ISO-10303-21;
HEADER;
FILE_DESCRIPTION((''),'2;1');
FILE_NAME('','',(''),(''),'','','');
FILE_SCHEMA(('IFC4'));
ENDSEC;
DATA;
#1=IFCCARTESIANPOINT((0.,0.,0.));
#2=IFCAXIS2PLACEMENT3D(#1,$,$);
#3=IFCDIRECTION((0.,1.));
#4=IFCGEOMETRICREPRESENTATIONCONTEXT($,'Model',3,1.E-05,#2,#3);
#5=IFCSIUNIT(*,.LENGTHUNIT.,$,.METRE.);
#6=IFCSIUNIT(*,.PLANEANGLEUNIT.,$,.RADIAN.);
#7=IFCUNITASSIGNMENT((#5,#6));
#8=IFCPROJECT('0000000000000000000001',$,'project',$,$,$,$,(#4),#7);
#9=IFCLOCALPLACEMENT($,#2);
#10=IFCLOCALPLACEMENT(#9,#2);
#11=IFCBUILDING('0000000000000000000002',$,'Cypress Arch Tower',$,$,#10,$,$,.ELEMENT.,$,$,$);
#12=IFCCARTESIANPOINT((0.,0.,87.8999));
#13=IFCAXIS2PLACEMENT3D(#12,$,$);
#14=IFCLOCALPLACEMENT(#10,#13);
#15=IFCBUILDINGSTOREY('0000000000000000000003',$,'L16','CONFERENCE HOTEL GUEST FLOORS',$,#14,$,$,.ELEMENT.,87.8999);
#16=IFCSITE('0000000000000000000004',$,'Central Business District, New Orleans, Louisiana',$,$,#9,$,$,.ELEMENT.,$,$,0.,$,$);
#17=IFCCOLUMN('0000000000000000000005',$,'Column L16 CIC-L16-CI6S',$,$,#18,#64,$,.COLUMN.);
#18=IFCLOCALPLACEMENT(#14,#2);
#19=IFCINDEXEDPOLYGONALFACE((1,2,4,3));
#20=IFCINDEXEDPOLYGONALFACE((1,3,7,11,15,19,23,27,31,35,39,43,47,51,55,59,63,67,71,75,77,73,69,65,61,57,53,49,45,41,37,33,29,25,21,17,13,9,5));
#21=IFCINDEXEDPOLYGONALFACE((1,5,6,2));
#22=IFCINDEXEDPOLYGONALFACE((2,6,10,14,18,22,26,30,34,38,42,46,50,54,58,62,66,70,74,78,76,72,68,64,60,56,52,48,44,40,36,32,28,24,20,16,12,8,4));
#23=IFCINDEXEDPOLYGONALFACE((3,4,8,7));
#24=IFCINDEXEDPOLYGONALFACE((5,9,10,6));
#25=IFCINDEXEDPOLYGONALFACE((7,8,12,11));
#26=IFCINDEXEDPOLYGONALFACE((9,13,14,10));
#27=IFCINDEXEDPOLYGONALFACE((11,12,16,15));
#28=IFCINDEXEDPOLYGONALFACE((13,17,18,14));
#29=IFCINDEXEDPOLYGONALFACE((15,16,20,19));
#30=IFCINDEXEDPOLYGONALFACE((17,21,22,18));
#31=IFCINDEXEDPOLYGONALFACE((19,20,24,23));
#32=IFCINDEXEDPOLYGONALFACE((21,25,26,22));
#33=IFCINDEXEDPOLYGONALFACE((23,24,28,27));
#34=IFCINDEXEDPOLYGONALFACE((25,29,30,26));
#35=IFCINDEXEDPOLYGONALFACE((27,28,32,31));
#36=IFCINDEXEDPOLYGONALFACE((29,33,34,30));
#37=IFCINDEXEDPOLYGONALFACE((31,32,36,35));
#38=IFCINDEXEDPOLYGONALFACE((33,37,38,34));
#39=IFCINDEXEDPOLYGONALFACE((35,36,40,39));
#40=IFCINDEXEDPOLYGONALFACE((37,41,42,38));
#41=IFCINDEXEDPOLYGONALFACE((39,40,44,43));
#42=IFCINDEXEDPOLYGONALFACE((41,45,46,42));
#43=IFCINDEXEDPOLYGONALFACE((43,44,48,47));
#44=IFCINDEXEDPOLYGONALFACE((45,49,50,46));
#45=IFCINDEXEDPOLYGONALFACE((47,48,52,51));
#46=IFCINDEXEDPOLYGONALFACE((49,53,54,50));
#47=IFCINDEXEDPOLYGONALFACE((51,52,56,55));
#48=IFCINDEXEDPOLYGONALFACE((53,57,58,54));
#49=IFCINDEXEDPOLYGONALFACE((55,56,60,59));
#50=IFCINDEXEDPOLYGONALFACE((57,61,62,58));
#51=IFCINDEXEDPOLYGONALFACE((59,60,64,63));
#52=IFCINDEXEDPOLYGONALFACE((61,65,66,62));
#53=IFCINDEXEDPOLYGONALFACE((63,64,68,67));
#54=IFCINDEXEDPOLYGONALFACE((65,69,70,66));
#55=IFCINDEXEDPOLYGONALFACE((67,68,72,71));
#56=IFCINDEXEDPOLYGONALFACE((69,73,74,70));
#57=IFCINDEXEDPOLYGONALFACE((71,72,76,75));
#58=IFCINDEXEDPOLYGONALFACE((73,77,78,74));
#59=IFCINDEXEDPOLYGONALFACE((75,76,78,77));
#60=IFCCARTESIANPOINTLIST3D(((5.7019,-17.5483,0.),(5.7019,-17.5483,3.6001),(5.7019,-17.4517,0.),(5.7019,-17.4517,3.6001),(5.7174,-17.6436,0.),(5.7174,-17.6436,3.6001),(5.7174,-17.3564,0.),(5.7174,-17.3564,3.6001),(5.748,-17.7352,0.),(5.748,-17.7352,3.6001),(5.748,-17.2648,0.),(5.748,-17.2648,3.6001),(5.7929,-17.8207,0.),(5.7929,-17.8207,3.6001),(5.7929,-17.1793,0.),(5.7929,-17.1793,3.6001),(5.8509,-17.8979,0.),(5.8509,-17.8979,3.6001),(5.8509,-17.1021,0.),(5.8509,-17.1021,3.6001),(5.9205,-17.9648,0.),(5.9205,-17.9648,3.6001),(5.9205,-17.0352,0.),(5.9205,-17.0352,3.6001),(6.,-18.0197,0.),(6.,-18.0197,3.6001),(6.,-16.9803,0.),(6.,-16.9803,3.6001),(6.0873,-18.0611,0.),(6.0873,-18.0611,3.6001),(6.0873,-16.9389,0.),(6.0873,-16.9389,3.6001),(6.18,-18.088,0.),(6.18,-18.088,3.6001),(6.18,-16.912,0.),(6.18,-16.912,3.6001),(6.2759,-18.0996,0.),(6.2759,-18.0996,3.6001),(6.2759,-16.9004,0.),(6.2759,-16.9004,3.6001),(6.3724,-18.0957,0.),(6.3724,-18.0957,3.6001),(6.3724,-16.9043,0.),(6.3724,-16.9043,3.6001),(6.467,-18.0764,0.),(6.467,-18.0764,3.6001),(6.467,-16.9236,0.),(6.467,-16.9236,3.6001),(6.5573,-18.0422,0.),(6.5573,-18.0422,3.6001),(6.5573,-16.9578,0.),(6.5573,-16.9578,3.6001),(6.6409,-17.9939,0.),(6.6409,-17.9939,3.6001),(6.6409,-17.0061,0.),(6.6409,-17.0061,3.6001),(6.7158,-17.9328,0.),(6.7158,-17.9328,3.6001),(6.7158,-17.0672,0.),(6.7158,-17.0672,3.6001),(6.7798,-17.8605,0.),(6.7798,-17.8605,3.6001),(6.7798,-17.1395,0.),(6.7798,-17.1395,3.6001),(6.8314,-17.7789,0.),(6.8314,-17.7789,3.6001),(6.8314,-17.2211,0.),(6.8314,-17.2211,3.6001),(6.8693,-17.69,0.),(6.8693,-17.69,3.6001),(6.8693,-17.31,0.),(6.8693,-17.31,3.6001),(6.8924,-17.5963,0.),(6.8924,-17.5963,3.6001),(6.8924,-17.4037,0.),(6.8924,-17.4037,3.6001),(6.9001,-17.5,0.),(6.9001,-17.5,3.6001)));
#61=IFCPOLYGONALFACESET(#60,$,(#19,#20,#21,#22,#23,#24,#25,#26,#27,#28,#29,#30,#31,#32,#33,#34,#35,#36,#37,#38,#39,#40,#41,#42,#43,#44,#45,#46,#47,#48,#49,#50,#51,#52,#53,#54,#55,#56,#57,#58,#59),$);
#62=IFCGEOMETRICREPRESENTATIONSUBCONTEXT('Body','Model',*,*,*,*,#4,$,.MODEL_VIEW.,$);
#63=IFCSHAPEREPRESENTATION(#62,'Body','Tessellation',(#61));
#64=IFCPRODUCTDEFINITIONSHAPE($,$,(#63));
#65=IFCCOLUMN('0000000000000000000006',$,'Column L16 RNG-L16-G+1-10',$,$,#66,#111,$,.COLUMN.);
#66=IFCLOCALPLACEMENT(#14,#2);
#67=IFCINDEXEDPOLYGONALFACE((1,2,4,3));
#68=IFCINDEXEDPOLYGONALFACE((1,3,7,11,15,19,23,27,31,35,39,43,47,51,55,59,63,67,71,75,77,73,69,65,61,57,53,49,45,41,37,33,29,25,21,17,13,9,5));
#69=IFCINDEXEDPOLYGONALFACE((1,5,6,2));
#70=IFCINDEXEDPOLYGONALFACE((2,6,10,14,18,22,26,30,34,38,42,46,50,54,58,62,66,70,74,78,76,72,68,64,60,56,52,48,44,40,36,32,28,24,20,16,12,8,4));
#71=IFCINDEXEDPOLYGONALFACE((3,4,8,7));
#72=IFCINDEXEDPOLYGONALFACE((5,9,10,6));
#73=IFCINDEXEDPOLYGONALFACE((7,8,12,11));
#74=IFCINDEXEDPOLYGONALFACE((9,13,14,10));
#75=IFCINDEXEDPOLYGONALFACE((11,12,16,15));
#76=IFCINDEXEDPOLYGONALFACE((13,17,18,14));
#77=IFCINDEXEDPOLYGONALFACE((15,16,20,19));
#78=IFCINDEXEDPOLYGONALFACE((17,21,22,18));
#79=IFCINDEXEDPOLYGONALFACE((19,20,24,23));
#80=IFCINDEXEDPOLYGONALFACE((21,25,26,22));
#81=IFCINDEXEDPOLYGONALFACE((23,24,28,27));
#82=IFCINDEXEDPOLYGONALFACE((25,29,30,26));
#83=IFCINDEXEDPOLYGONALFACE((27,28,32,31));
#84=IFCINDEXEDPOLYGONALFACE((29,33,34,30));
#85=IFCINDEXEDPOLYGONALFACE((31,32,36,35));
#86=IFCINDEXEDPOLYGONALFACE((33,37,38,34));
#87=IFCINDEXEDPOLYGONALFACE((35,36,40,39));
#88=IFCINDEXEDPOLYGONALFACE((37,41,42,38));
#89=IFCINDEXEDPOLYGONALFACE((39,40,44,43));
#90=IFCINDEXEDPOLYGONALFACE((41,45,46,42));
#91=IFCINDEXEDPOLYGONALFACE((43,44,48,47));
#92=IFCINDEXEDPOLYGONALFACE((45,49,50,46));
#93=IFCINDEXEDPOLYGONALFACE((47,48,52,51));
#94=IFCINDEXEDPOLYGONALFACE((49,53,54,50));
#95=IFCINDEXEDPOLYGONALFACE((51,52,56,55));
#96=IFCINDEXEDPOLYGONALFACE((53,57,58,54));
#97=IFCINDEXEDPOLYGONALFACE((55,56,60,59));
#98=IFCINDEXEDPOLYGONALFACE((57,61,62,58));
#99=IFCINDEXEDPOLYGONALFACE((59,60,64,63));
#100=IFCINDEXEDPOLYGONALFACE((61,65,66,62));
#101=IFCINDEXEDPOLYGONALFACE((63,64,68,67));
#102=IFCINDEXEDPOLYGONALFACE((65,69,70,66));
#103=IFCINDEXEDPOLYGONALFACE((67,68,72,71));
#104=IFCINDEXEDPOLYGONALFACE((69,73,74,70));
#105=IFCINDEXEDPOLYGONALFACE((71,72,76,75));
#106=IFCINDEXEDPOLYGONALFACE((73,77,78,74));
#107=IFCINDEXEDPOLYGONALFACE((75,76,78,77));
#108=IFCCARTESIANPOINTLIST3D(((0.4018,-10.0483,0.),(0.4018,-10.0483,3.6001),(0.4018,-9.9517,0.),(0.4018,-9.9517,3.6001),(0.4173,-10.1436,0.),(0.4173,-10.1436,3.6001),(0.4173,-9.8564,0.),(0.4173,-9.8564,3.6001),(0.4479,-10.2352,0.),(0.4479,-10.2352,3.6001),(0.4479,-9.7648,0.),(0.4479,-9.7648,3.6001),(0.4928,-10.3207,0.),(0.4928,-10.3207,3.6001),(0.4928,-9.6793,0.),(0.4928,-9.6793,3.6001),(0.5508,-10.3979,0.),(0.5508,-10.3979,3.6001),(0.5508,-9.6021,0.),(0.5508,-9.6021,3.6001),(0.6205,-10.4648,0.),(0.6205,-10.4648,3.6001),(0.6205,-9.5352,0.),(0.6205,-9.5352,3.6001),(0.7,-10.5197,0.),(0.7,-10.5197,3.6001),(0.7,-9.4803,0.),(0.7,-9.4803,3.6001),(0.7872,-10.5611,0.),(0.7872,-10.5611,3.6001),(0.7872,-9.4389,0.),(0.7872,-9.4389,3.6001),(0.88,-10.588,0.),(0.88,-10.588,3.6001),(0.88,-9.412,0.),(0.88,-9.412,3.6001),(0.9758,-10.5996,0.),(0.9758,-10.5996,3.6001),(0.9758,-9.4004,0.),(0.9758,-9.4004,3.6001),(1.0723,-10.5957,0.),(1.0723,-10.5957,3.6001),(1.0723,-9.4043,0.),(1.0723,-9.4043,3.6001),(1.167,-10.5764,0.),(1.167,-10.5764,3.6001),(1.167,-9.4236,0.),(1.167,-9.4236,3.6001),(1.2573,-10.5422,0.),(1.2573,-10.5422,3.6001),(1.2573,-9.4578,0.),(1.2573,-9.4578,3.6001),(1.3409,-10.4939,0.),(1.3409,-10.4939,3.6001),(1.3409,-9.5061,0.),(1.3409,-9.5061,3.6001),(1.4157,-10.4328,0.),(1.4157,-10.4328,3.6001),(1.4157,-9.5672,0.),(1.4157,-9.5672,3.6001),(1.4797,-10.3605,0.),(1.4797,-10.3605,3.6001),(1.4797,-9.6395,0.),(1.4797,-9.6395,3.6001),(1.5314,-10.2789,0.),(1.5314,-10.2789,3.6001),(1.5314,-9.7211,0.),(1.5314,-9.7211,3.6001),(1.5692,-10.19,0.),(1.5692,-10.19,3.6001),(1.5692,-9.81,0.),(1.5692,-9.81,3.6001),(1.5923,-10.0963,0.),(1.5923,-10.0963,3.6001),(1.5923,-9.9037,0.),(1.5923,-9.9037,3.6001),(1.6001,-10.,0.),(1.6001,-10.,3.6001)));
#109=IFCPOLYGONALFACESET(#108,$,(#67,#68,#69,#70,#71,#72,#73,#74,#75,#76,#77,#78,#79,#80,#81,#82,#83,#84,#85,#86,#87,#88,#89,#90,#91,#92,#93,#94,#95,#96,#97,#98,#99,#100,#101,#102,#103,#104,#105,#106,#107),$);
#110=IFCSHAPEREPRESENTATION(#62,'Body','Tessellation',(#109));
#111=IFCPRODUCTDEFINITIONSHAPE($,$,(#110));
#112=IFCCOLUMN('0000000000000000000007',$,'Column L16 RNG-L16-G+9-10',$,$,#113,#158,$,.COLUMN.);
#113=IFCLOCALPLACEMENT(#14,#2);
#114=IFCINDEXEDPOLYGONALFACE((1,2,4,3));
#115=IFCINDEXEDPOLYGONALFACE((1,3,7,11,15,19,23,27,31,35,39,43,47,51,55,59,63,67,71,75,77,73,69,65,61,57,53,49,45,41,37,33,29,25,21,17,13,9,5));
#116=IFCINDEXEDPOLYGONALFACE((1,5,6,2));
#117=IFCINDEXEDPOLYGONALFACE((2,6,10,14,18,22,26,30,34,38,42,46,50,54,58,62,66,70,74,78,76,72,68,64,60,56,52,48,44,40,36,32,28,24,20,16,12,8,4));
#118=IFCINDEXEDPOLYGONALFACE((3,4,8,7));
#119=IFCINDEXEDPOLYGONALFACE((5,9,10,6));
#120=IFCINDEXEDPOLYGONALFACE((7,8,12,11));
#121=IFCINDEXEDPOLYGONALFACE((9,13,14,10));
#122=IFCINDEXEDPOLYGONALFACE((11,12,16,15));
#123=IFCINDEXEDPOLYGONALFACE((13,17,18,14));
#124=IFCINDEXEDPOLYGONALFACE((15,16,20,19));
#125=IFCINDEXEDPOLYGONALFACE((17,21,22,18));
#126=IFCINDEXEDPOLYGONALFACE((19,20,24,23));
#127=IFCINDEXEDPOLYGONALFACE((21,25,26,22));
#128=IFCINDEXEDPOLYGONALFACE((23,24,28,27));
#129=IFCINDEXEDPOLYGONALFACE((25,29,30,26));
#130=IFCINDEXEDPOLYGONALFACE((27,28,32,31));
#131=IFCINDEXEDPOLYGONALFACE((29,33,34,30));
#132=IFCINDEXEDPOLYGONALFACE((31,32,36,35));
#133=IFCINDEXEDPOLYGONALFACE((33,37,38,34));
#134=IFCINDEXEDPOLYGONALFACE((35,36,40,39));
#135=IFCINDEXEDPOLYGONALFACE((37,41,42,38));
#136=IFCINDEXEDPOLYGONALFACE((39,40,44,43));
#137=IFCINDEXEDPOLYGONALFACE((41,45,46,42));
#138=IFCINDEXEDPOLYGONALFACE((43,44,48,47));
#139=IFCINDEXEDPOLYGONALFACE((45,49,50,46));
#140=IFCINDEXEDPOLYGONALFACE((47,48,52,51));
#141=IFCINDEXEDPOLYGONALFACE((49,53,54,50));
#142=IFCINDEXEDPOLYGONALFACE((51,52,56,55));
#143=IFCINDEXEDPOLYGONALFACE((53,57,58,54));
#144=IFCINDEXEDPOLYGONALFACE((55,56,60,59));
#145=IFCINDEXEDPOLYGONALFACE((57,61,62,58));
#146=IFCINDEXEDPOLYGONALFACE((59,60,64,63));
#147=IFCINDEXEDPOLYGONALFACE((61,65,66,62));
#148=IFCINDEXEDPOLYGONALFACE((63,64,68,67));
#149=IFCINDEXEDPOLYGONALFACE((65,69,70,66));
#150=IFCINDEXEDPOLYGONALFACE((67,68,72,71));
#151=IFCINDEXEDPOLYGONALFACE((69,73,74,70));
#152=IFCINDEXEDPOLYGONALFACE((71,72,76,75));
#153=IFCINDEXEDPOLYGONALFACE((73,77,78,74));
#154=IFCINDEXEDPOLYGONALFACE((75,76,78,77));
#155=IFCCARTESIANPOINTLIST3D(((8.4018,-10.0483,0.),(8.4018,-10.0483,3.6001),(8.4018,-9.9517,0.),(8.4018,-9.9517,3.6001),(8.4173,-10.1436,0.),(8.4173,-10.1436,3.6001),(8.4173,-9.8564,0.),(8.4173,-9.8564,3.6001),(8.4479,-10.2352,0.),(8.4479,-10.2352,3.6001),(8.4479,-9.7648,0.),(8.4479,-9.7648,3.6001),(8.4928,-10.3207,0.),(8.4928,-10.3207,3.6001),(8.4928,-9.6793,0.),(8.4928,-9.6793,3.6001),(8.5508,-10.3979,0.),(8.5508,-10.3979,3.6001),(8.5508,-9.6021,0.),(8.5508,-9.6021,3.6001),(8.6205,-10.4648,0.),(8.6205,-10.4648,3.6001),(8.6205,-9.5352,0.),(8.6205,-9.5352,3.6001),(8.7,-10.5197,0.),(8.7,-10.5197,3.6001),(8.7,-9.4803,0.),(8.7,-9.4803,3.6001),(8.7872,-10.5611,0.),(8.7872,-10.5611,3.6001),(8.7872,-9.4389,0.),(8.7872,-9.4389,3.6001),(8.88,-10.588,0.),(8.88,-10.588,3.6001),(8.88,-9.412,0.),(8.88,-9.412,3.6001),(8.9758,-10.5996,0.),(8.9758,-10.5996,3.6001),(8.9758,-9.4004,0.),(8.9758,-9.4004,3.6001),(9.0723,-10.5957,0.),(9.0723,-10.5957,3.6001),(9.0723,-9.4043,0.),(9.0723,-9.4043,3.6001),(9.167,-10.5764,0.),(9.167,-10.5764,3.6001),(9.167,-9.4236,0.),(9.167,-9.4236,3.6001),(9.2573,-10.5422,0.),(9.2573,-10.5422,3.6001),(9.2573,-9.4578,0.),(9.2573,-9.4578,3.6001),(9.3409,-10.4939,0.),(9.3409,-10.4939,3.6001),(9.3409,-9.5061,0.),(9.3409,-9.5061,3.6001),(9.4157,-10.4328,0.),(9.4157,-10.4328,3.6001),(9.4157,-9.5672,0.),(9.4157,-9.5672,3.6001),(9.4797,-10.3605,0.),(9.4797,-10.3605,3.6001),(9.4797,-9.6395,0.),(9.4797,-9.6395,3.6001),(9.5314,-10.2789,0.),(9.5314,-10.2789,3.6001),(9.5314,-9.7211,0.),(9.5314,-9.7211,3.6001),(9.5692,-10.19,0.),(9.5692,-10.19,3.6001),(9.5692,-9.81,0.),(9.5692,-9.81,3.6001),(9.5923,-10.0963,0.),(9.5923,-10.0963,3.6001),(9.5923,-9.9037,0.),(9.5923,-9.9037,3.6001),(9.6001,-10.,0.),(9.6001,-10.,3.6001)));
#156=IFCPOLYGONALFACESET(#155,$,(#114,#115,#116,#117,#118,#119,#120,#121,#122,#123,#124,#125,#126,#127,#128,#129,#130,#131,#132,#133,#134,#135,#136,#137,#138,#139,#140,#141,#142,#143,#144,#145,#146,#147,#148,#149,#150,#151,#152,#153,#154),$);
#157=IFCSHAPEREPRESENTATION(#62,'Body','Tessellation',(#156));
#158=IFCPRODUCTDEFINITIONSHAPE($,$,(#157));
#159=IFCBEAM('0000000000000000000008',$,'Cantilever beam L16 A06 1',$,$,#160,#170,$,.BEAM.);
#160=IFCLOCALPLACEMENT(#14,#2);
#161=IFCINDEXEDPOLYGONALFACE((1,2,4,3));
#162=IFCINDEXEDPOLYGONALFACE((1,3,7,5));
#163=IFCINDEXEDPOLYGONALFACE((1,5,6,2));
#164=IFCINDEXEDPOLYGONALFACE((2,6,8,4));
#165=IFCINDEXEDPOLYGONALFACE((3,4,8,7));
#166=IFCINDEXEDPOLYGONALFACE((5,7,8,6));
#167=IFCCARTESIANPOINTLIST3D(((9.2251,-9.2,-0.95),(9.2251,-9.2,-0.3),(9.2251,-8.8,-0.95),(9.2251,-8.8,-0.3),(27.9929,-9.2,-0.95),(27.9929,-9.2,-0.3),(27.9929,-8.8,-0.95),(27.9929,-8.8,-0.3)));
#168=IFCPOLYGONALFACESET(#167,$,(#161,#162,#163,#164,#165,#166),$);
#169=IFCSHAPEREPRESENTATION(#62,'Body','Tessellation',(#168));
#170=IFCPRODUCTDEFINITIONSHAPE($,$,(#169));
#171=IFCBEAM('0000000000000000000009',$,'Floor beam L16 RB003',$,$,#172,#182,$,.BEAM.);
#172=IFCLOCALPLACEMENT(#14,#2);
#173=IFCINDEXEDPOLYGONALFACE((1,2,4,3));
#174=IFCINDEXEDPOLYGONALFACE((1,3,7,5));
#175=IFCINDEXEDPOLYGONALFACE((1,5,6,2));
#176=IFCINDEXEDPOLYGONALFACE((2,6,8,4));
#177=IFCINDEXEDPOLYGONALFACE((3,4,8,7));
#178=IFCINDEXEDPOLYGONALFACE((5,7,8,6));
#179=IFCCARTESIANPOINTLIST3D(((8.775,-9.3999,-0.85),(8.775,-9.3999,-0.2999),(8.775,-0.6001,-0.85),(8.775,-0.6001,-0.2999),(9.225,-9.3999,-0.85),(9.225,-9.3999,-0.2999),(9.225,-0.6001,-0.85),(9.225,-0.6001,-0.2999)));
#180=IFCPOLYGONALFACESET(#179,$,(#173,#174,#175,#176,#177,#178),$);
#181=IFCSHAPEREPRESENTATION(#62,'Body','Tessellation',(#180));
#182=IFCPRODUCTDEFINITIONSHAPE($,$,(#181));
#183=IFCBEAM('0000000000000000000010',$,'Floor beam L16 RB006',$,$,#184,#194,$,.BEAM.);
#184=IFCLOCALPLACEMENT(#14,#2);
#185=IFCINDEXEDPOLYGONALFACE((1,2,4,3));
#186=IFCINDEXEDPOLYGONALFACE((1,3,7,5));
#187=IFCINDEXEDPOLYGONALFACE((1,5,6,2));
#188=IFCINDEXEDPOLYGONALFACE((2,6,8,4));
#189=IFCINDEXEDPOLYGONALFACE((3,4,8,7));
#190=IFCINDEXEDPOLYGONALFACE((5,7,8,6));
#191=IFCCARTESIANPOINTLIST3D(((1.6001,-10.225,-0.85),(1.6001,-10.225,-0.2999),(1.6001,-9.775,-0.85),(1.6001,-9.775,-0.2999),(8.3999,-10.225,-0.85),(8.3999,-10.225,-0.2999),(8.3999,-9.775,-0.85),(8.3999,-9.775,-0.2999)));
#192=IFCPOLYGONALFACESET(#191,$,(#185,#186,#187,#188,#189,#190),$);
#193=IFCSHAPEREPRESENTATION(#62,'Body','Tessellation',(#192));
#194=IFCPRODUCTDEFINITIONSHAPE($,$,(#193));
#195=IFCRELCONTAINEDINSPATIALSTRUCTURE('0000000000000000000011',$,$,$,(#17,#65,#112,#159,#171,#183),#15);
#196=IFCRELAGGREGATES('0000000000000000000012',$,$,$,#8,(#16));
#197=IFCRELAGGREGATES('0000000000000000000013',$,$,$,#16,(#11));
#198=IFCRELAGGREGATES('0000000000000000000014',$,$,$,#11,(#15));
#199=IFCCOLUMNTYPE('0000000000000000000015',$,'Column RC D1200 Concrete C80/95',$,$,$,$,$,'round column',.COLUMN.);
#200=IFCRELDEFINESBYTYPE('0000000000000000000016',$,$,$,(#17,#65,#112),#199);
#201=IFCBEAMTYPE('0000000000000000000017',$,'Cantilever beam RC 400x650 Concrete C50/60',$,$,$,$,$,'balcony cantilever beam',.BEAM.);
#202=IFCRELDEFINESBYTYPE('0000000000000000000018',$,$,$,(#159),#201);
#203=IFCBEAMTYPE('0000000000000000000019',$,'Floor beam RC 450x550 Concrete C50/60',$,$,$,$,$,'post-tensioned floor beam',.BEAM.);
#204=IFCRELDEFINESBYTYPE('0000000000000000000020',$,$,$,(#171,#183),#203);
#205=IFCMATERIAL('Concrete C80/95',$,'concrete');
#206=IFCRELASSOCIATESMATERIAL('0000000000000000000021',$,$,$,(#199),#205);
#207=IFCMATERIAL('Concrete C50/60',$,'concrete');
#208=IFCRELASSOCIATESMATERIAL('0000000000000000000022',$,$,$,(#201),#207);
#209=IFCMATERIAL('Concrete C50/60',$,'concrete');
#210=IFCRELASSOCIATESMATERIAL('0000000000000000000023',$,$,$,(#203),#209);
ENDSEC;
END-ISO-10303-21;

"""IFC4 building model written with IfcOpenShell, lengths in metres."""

from ifc_helpers import new_model, si_unit, direction, frame, origin, origin_2d, place, context, subcontext, project, spatial, rectangle, circle, extrude, material, material_profile, profile_set, type_object, element, save


model = new_model("IFC4")

# Units and contexts
model_context = context("Model", 3, precision=1e-05, world=origin(), true_north=direction((0.0, 1.0)))
body_context = subcontext(model_context, "Body", "Model", "MODEL_VIEW")
ifc_project = project(units=[si_unit("LENGTHUNIT", "METRE"), si_unit("PLANEANGLEUNIT", "RADIAN")], contexts=[model_context])

# Site, building, storey
site_placement = place(None, origin())
site = spatial("IfcSite", under=ifc_project, at=site_placement, Name="Central Business District, New Orleans, Louisiana", CompositionType="ELEMENT", RefElevation=0.0)
building_placement = place(site_placement, origin())
building = spatial("IfcBuilding", under=site, at=building_placement, Name="Cypress Arch Tower", CompositionType="ELEMENT")
storey_placement = place(building_placement, frame((0.0, 0.0, 87.8999)))
storey = spatial("IfcBuildingStorey", under=building, at=storey_placement, Name="L16", Description="CONFERENCE HOTEL GUEST FLOORS", CompositionType="ELEMENT", Elevation=87.8999)

# Columns
ifc_material_1 = material(Name="Concrete C80/95", Category="concrete")
ifc_material_profile_1 = material_profile(ifc_material_1, circle(Radius=0.6001, at=origin_2d()), Name="RC D1200")
ifc_profile_set_1 = profile_set([ifc_material_profile_1], Name="Concrete C80/95")
column_type = type_object("IfcColumnType", Name="Column RC D1200 Concrete C80/95", ElementType="round column", PredefinedType="COLUMN", material=ifc_profile_set_1)
for number, where, z_axis, x_axis, name in (
    (1, (6.3, -17.5, 0.0), (0.0, 0.0, 1.0), (1.0, 0.0, 0.0), "Column L16 CIC-L16-CI6S"),
    (2, (1.0, -10.0, 0.0), (0.0, 0.0, 1.0), (1.0, 0.0, 0.0), "Column L16 RNG-L16-G+1-10"),
    (3, (9.0, -10.0, 0.0), (0.0, 0.0, 1.0), (1.0, 0.0, 0.0), "Column L16 RNG-L16-G+9-10"),
):
    element("IfcColumn", number, at=place(storey_placement, frame(where, z_axis=z_axis, x_axis=x_axis)), inside=storey, type_object=column_type, Name=name, PredefinedType="COLUMN", context=body_context, shape_type="SweptSolid", body=[
        extrude(circle(Radius=0.6001, at=origin_2d()), origin(), (0.0, 0.0, 1.0), 3.6001),
    ])

# Beams
ifc_material_2 = material(Name="Concrete C50/60", Category="concrete")
ifc_material_profile_2 = material_profile(ifc_material_2, rectangle(XDim=0.3999, YDim=0.6499, at=origin_2d()), Name="RC 400x650")
ifc_profile_set_2 = profile_set([ifc_material_profile_2], Name="Concrete C50/60")
beam_type_1 = type_object("IfcBeamType", Name="Cantilever beam RC 400x650 Concrete C50/60", ElementType="balcony cantilever beam", PredefinedType="BEAM", material=ifc_profile_set_2)
beam_1_placement = place(storey_placement, frame((9.2251, -9.0, -0.625), z_axis=(1.0, 0.0, 0.0), x_axis=(0.0, 1.0, 0.0)))
element("IfcBeam", 4, at=beam_1_placement, inside=storey, type_object=beam_type_1, Name="Cantilever beam L16 A06 1", PredefinedType="BEAM", context=body_context, shape_type="SweptSolid", body=[
    extrude(rectangle(XDim=0.3999, YDim=0.6499, at=origin_2d()), origin(), (0.0, 0.0, 1.0), 18.7678),
])
ifc_material_3 = material(Name="Concrete C50/60", Category="concrete")
ifc_material_profile_3 = material_profile(ifc_material_3, rectangle(XDim=0.45, YDim=0.55, at=origin_2d()), Name="RC 450x550")
ifc_profile_set_3 = profile_set([ifc_material_profile_3], Name="Concrete C50/60")
beam_type_2 = type_object("IfcBeamType", Name="Floor beam RC 450x550 Concrete C50/60", ElementType="post-tensioned floor beam", PredefinedType="BEAM", material=ifc_profile_set_3)
beam_2_placement = place(storey_placement, frame((9.0, -9.3999, -0.575), z_axis=(0.0, 1.0, 0.0), x_axis=(-1.0, 0.0, 0.0)))
element("IfcBeam", 5, at=beam_2_placement, inside=storey, type_object=beam_type_2, Name="Floor beam L16 RB003", PredefinedType="BEAM", context=body_context, shape_type="SweptSolid", body=[
    extrude(rectangle(XDim=0.45, YDim=0.55, at=origin_2d()), origin(), (0.0, 0.0, 1.0), 8.7998),
])
beam_3_placement = place(storey_placement, frame((1.6001, -10.0, -0.575), z_axis=(1.0, 0.0, 0.0), x_axis=(0.0, 1.0, 0.0)))
element("IfcBeam", 6, at=beam_3_placement, inside=storey, type_object=beam_type_2, Name="Floor beam L16 RB006", PredefinedType="BEAM", context=body_context, shape_type="SweptSolid", body=[
    extrude(rectangle(XDim=0.45, YDim=0.55, at=origin_2d()), origin(), (0.0, 0.0, 1.0), 6.7998),
])

save(model, "model.ifc")
